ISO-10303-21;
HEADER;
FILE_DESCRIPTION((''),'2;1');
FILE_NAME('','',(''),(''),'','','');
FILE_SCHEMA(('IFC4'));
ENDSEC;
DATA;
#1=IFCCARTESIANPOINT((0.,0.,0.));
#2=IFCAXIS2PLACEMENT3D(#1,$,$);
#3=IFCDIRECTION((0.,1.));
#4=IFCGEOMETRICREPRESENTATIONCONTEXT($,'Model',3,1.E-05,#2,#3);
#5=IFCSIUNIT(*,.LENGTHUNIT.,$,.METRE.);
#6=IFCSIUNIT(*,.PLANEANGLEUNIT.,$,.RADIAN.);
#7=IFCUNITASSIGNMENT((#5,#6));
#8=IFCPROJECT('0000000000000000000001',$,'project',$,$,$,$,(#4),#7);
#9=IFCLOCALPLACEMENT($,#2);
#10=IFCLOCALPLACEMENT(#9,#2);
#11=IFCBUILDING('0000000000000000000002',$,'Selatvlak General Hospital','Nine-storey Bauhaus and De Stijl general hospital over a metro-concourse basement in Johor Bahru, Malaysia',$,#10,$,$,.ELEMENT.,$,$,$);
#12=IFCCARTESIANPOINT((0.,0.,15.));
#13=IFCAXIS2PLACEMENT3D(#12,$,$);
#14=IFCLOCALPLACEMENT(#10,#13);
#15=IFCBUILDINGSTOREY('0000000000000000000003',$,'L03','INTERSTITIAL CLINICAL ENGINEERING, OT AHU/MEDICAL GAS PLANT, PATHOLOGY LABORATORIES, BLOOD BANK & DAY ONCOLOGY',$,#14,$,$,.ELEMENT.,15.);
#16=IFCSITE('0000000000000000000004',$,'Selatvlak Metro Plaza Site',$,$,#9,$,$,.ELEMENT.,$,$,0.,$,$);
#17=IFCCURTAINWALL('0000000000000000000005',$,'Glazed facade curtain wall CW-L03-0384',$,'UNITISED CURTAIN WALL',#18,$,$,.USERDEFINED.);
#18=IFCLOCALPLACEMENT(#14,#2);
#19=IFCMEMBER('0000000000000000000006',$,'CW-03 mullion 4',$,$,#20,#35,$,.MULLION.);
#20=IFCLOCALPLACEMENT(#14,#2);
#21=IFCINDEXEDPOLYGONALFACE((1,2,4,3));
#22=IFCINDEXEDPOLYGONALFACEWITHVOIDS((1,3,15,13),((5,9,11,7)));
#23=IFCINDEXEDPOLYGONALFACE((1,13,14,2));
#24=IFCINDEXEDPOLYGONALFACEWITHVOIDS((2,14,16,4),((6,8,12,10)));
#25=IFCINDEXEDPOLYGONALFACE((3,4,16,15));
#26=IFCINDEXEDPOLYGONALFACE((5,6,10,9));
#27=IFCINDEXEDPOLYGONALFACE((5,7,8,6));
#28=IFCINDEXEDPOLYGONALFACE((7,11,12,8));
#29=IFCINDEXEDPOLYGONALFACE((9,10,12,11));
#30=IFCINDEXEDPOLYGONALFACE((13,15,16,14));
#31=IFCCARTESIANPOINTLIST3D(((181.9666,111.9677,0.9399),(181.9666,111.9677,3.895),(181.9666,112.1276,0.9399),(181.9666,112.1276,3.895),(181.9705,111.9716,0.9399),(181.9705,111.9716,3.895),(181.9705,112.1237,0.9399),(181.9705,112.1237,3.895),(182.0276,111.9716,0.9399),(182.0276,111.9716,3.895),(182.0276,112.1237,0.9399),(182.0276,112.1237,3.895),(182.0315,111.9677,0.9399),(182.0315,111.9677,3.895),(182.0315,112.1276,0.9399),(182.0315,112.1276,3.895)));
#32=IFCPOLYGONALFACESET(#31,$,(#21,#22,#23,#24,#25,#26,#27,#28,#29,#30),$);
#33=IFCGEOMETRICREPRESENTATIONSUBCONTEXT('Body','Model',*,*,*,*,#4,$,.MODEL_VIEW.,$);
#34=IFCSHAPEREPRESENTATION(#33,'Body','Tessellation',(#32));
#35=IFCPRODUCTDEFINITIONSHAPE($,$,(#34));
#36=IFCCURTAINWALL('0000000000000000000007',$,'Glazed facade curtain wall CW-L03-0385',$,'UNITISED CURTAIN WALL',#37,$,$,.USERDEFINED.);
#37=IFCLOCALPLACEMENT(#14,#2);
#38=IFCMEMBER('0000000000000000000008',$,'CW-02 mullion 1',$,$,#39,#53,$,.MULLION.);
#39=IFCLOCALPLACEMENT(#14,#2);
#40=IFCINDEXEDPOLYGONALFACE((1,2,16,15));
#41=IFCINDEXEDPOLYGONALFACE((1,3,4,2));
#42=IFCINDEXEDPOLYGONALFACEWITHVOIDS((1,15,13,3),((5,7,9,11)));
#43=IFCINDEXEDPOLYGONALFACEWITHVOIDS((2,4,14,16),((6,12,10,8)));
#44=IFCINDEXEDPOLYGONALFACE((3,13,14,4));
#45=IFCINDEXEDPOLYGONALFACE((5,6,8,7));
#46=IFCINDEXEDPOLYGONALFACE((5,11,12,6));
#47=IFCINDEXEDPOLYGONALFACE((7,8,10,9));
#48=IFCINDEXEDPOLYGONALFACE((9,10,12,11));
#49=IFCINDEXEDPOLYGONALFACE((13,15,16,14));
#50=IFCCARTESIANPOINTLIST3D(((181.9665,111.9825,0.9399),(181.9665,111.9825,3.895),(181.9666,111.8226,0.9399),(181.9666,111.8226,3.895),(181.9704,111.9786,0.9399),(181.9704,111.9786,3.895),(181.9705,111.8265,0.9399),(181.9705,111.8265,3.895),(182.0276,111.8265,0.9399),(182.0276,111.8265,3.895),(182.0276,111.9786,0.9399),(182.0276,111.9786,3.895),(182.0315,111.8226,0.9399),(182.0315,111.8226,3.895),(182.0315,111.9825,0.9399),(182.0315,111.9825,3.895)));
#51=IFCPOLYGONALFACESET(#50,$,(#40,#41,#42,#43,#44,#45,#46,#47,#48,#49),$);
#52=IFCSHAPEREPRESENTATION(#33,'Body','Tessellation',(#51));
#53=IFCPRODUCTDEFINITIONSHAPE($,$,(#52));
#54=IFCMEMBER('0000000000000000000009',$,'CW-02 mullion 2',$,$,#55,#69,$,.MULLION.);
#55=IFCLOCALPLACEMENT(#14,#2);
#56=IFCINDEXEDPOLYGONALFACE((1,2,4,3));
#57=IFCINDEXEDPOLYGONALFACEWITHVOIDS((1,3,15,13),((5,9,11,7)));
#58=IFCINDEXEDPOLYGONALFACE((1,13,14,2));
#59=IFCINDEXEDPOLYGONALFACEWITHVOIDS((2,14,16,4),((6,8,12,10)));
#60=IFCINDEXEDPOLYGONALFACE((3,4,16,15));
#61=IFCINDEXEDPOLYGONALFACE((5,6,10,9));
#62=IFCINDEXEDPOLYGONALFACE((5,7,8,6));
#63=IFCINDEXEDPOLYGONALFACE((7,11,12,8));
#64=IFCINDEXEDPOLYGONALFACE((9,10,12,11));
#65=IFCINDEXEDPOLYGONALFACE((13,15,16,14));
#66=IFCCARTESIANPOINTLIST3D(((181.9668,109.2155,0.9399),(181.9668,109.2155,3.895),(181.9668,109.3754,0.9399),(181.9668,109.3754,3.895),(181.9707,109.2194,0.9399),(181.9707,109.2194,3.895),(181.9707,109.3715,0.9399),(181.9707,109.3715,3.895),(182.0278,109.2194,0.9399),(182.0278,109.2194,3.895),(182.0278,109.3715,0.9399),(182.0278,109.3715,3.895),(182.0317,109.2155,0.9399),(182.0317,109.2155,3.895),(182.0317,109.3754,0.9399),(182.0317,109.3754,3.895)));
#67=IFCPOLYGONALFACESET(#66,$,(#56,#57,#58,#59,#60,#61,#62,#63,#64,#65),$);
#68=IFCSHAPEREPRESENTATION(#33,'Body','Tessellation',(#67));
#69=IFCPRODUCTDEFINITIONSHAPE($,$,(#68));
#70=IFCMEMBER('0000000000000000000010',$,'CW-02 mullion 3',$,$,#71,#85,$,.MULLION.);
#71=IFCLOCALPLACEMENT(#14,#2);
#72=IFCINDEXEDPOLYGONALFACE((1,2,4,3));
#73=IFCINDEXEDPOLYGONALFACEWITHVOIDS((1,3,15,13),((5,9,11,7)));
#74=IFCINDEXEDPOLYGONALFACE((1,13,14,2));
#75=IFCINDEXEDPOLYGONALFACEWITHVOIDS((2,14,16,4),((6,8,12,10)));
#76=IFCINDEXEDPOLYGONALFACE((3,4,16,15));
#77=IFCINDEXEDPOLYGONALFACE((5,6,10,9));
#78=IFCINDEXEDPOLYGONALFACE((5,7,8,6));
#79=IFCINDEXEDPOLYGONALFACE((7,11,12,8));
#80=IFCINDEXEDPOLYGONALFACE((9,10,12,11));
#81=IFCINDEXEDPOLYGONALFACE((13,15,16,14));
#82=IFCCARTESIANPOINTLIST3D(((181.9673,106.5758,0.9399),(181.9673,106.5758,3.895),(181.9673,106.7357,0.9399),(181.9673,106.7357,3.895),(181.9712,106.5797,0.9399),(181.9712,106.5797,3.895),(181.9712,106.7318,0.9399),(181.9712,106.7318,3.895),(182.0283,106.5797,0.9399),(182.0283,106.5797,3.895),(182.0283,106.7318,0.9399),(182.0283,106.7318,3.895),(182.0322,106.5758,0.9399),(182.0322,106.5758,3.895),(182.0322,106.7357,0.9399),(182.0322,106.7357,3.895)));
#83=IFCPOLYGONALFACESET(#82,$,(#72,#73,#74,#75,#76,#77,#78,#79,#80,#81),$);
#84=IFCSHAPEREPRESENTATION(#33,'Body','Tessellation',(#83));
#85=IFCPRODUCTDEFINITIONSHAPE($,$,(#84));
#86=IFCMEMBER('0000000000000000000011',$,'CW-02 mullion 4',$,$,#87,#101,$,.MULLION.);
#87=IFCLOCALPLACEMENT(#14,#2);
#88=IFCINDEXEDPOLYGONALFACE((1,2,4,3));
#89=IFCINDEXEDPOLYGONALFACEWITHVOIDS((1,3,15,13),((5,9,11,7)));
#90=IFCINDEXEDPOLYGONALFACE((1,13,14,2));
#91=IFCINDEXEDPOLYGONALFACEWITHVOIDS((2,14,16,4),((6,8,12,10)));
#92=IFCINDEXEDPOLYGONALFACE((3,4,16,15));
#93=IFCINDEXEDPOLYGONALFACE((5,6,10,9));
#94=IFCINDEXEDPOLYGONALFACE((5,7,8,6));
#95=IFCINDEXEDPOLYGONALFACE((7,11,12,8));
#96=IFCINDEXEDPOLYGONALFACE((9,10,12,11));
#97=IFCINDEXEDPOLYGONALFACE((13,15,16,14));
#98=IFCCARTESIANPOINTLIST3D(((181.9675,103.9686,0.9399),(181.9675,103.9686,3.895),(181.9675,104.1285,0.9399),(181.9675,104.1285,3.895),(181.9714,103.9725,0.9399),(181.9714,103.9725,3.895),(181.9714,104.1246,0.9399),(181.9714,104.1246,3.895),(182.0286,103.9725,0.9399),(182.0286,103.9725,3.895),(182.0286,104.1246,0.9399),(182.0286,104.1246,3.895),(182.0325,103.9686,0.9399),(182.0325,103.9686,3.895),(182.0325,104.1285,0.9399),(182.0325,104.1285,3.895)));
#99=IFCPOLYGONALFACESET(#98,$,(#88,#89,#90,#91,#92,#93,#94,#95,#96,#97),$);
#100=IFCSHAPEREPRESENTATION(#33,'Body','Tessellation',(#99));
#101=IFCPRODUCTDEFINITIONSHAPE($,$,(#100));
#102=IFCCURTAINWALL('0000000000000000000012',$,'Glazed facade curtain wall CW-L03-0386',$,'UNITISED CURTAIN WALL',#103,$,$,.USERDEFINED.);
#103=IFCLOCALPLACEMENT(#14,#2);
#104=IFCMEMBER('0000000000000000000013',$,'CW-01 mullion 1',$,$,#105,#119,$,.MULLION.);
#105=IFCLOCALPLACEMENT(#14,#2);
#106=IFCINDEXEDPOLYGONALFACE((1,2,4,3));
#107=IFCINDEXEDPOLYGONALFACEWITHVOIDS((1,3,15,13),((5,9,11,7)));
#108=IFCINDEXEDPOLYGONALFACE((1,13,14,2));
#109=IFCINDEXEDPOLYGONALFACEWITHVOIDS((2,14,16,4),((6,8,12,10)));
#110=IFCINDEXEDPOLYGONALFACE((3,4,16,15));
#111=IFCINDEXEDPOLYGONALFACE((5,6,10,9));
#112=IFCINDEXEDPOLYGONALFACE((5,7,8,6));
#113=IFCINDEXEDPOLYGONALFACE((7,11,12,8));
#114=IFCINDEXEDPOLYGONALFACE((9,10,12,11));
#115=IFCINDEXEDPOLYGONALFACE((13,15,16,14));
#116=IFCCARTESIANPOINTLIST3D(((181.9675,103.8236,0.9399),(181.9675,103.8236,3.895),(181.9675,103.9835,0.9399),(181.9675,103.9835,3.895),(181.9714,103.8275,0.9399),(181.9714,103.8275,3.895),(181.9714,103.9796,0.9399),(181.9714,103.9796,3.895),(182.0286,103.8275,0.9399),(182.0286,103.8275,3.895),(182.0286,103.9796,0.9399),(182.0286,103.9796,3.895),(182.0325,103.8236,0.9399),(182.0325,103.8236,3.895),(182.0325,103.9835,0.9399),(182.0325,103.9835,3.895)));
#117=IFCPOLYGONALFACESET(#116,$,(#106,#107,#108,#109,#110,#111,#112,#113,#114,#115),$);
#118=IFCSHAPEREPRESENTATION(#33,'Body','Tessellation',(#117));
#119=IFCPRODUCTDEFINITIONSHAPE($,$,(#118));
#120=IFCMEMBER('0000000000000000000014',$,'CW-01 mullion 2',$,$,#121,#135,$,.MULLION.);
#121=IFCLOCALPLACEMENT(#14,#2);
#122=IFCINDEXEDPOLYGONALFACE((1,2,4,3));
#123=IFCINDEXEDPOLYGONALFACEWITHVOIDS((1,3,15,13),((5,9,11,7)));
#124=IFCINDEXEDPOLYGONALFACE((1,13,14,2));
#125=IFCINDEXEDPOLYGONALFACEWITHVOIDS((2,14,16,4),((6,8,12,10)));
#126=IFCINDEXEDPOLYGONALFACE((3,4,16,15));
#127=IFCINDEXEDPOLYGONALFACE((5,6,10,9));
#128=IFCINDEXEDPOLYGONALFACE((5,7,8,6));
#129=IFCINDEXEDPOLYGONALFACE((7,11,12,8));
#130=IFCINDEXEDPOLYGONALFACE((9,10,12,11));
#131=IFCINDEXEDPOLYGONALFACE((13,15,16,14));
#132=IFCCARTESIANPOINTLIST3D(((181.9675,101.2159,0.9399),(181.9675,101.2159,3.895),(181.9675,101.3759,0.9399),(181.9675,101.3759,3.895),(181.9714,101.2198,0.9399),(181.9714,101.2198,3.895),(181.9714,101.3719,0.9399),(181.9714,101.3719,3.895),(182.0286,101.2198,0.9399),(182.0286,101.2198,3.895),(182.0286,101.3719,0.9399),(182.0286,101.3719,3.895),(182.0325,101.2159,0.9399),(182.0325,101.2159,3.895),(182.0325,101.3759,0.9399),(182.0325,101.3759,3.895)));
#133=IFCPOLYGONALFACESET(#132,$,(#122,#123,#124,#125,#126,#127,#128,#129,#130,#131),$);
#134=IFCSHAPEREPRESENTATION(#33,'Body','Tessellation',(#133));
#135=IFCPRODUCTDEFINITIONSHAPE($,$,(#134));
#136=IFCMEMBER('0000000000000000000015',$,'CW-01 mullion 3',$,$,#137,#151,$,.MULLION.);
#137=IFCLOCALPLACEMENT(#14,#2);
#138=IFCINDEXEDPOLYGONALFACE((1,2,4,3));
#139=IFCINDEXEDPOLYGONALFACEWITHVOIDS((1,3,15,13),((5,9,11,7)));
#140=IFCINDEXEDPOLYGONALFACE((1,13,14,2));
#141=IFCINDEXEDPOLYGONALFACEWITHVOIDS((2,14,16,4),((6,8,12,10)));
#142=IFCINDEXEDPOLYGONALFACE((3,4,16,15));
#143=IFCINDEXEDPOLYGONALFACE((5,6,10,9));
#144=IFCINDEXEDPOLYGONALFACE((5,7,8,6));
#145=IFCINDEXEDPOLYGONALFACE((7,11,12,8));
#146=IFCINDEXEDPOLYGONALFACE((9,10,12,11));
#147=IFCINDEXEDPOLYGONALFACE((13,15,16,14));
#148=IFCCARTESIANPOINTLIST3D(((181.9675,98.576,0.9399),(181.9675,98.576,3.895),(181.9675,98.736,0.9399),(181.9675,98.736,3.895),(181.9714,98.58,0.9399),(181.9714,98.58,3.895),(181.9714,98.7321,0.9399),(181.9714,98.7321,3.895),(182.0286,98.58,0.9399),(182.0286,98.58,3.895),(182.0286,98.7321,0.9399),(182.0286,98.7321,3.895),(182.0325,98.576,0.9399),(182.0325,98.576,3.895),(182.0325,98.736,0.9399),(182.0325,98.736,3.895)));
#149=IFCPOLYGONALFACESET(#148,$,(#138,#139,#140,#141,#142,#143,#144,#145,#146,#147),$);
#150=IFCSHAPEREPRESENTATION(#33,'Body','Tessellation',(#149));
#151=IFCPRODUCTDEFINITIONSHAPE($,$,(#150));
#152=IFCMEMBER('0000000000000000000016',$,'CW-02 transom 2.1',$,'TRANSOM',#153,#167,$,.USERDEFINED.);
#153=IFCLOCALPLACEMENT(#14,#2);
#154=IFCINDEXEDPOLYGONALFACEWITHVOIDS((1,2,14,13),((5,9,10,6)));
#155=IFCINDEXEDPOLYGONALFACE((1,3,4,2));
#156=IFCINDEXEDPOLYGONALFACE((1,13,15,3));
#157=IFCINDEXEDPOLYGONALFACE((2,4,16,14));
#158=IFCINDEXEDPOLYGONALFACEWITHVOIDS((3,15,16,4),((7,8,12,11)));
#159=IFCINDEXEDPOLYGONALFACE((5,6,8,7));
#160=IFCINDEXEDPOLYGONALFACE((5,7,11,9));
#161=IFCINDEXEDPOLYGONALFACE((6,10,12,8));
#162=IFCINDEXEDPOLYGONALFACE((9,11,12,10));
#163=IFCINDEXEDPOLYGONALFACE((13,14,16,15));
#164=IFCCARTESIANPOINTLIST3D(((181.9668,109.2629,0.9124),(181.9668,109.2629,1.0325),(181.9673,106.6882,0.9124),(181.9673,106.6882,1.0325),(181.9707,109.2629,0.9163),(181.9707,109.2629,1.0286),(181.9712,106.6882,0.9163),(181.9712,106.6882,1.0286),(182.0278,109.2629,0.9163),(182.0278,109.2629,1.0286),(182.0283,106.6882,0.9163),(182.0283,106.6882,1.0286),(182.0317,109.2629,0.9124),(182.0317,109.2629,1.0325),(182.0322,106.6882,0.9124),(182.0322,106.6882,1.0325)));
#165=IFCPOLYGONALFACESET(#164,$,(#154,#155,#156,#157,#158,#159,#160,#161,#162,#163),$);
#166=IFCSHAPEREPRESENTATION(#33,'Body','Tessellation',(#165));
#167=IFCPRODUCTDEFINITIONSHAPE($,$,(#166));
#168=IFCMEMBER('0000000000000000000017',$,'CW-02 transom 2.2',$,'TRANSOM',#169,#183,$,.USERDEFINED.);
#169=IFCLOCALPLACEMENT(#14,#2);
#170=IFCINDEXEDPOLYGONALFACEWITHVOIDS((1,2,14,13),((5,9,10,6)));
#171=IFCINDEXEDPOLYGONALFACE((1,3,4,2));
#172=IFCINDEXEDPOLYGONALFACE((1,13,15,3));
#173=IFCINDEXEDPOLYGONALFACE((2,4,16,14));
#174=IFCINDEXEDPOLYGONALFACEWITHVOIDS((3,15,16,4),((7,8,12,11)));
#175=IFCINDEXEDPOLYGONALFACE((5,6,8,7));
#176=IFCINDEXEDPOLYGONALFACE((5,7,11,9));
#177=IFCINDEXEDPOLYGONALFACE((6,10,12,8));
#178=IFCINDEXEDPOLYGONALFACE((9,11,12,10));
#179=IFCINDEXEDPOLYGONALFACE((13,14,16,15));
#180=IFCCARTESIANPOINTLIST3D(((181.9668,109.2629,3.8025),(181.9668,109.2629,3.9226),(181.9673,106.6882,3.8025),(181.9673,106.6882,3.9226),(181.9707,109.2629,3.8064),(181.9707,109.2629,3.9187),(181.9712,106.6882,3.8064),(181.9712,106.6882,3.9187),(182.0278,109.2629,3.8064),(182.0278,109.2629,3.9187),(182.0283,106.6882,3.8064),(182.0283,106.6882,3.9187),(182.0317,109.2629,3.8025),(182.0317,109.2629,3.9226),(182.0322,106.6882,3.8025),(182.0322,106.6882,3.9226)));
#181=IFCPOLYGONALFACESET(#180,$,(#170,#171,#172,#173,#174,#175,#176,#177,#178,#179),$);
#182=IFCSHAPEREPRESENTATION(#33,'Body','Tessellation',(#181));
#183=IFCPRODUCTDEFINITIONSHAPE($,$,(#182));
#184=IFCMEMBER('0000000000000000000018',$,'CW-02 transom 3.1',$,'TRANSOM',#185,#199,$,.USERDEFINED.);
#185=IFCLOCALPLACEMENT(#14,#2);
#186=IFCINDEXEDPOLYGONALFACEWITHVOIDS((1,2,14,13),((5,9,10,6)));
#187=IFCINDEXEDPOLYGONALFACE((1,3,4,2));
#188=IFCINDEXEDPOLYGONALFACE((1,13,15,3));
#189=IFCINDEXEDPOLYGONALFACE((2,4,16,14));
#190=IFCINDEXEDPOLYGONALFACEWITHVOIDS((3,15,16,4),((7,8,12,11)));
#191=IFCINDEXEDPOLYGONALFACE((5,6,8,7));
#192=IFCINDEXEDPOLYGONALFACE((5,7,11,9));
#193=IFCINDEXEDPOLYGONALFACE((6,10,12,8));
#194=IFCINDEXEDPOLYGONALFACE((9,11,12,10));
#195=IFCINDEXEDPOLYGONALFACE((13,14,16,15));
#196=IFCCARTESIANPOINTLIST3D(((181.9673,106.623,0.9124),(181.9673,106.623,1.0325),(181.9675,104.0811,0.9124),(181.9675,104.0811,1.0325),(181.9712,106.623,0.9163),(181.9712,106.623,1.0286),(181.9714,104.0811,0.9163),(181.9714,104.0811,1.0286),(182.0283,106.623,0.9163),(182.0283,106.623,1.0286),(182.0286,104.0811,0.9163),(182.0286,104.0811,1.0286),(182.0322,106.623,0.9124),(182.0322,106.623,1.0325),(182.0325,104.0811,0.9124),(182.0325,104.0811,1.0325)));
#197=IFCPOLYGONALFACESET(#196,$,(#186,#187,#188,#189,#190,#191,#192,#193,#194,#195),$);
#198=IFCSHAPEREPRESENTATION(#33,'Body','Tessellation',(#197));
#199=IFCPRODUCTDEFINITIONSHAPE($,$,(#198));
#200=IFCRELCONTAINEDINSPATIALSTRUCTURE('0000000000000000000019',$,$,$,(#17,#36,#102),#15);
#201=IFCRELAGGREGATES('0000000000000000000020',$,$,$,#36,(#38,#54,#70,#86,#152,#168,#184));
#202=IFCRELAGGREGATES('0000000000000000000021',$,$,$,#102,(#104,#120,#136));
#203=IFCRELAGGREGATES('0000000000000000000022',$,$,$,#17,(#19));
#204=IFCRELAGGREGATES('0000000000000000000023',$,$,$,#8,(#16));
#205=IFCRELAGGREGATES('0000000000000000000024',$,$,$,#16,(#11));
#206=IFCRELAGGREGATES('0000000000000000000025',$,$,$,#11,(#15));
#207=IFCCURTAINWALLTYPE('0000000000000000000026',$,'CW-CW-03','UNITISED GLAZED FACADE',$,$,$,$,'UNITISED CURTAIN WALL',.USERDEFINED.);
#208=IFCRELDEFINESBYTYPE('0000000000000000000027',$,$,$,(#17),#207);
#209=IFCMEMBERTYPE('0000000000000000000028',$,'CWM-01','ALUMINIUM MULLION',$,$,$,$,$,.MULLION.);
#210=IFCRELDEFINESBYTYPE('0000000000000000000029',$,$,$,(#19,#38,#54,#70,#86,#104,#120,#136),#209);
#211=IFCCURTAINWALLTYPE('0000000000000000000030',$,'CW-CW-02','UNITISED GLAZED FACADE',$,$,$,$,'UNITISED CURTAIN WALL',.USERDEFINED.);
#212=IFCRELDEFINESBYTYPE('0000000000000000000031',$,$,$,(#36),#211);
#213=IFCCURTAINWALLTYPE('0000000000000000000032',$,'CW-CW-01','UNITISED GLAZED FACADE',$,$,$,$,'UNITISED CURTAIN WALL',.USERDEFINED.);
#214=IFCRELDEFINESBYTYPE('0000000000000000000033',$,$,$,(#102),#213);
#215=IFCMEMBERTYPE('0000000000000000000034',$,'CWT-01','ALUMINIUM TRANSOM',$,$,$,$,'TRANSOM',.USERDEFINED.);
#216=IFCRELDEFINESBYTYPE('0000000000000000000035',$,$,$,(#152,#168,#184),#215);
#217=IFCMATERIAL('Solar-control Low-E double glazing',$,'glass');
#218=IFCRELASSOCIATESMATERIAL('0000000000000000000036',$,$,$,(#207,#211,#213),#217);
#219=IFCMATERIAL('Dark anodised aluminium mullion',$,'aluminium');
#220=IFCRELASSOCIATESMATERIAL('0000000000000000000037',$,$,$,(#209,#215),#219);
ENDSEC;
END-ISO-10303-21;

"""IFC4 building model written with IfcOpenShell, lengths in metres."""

from ifc_helpers import new_model, si_unit, direction, frame, origin, origin_2d, place, context, subcontext, project, spatial, hollow_rectangle, extrude, material, material_profile, profile_set, type_object, element, aggregate, save


model = new_model("IFC4")

# Units and contexts
model_context = context("Model", 3, precision=1e-05, world=origin(), true_north=direction((0.0, 1.0)))
body_context = subcontext(model_context, "Body", "Model", "MODEL_VIEW")
ifc_project = project(units=[si_unit("LENGTHUNIT", "METRE"), si_unit("PLANEANGLEUNIT", "RADIAN")], contexts=[model_context])

# Site, building, storey
site_placement = place(None, origin())
site = spatial("IfcSite", under=ifc_project, at=site_placement, Name="Selatvlak Metro Plaza Site", CompositionType="ELEMENT", RefElevation=0.0)
building_placement = place(site_placement, origin())
building = spatial("IfcBuilding", under=site, at=building_placement, Name="Selatvlak General Hospital", Description="Nine-storey Bauhaus and De Stijl general hospital over a metro-concourse basement in Johor Bahru, Malaysia", CompositionType="ELEMENT")
storey_placement = place(building_placement, frame((0.0, 0.0, 15.0)))
storey = spatial("IfcBuildingStorey", under=building, at=storey_placement, Name="L03", Description="INTERSTITIAL CLINICAL ENGINEERING, OT AHU/MEDICAL GAS PLANT, PATHOLOGY LABORATORIES, BLOOD BANK & DAY ONCOLOGY", CompositionType="ELEMENT", Elevation=15.0)

# Curtain wall, member
ifc_material_1 = material(Name="Solar-control Low-E double glazing", Category="glass")
curtain_wall_type_1 = type_object("IfcCurtainWallType", Name="CW-CW-03", Description="UNITISED GLAZED FACADE", ElementType="UNITISED CURTAIN WALL", PredefinedType="USERDEFINED", material=ifc_material_1)
curtain_wall_1_placement = place(storey_placement, origin())
curtain_wall_1 = element("IfcCurtainWall", 1, at=curtain_wall_1_placement, inside=storey, type_object=curtain_wall_type_1, Name="Glazed facade curtain wall CW-L03-0384", ObjectType="UNITISED CURTAIN WALL", PredefinedType="USERDEFINED")
ifc_material_2 = material(Name="Dark anodised aluminium mullion", Category="aluminium")
ifc_material_profile_1 = material_profile(ifc_material_2, hollow_rectangle(XDim=0.0649, YDim=0.1599, WallThickness=0.0039, at=origin_2d()), Name="AL-MUL 65x160x4")
ifc_profile_set_1 = profile_set([ifc_material_profile_1], Name="Dark anodised aluminium mullion")
member_type_1 = type_object("IfcMemberType", Name="CWM-01", Description="ALUMINIUM MULLION", PredefinedType="MULLION", material=ifc_profile_set_1)
member_1_placement = place(storey_placement, frame((181.999, 112.0476, 0.9399), z_axis=(0.0, 0.0, 1.0), x_axis=(1.0, 0.0, 0.0)))
member_1 = element("IfcMember", 2, at=member_1_placement, type_object=member_type_1, Name="CW-03 mullion 4", PredefinedType="MULLION", context=body_context, shape_type="SweptSolid", body=[
    extrude(hollow_rectangle(XDim=0.0649, YDim=0.1599, WallThickness=0.0039, at=origin_2d()), origin(), (0.0, 0.0, 1.0), 2.9551),
])

# Curtain walls, members
curtain_wall_type_2 = type_object("IfcCurtainWallType", Name="CW-CW-02", Description="UNITISED GLAZED FACADE", ElementType="UNITISED CURTAIN WALL", PredefinedType="USERDEFINED", material=ifc_material_1)
curtain_wall_2_placement = place(storey_placement, origin())
curtain_wall_2 = element("IfcCurtainWall", 3, at=curtain_wall_2_placement, inside=storey, type_object=curtain_wall_type_2, Name="Glazed facade curtain wall CW-L03-0385", ObjectType="UNITISED CURTAIN WALL", PredefinedType="USERDEFINED")
member_2_placement = place(storey_placement, frame((181.999, 111.9026, 0.9399), z_axis=(0.0, 0.0, 1.0), x_axis=(1.0, 0.000126, 0.0)))
member_2 = element("IfcMember", 4, at=member_2_placement, type_object=member_type_1, Name="CW-02 mullion 1", PredefinedType="MULLION", context=body_context, shape_type="SweptSolid", body=[
    extrude(hollow_rectangle(XDim=0.0649, YDim=0.1599, WallThickness=0.0039, at=origin_2d()), origin(), (0.0, 0.0, 1.0), 2.9551),
])
member_3_placement = place(storey_placement, frame((181.9993, 109.2954, 0.9399), z_axis=(0.0, 0.0, 1.0), x_axis=(1.0, 0.000126, 0.0)))
member_3 = element("IfcMember", 5, at=member_3_placement, type_object=member_type_1, Name="CW-02 mullion 2", PredefinedType="MULLION", context=body_context, shape_type="SweptSolid", body=[
    extrude(hollow_rectangle(XDim=0.0649, YDim=0.1599, WallThickness=0.0039, at=origin_2d()), origin(), (0.0, 0.0, 1.0), 2.9551),
])
member_4_placement = place(storey_placement, frame((181.9998, 106.6558, 0.9399), z_axis=(0.0, 0.0, 1.0), x_axis=(1.0, 0.000126, 0.0)))
member_4 = element("IfcMember", 6, at=member_4_placement, type_object=member_type_1, Name="CW-02 mullion 3", PredefinedType="MULLION", context=body_context, shape_type="SweptSolid", body=[
    extrude(hollow_rectangle(XDim=0.0649, YDim=0.1599, WallThickness=0.0039, at=origin_2d()), origin(), (0.0, 0.0, 1.0), 2.9551),
])
member_5_placement = place(storey_placement, frame((182.0, 104.0486, 0.9399), z_axis=(0.0, 0.0, 1.0), x_axis=(1.0, 0.000126, 0.0)))
member_5 = element("IfcMember", 7, at=member_5_placement, type_object=member_type_1, Name="CW-02 mullion 4", PredefinedType="MULLION", context=body_context, shape_type="SweptSolid", body=[
    extrude(hollow_rectangle(XDim=0.0649, YDim=0.1599, WallThickness=0.0039, at=origin_2d()), origin(), (0.0, 0.0, 1.0), 2.9551),
])
curtain_wall_type_3 = type_object("IfcCurtainWallType", Name="CW-CW-01", Description="UNITISED GLAZED FACADE", ElementType="UNITISED CURTAIN WALL", PredefinedType="USERDEFINED", material=ifc_material_1)
curtain_wall_3_placement = place(storey_placement, origin())
curtain_wall_3 = element("IfcCurtainWall", 8, at=curtain_wall_3_placement, inside=storey, type_object=curtain_wall_type_3, Name="Glazed facade curtain wall CW-L03-0386", ObjectType="UNITISED CURTAIN WALL", PredefinedType="USERDEFINED")
member_6_placement = place(storey_placement, frame((182.0, 103.9036, 0.9399), z_axis=(0.0, 0.0, 1.0), x_axis=(1.0, 0.0, 0.0)))
member_6 = element("IfcMember", 9, at=member_6_placement, type_object=member_type_1, Name="CW-01 mullion 1", PredefinedType="MULLION", context=body_context, shape_type="SweptSolid", body=[
    extrude(hollow_rectangle(XDim=0.0649, YDim=0.1599, WallThickness=0.0039, at=origin_2d()), origin(), (0.0, 0.0, 1.0), 2.9551),
])
member_7_placement = place(storey_placement, frame((182.0, 101.2959, 0.9399), z_axis=(0.0, 0.0, 1.0), x_axis=(1.0, 0.0, 0.0)))
member_7 = element("IfcMember", 10, at=member_7_placement, type_object=member_type_1, Name="CW-01 mullion 2", PredefinedType="MULLION", context=body_context, shape_type="SweptSolid", body=[
    extrude(hollow_rectangle(XDim=0.0649, YDim=0.1599, WallThickness=0.0039, at=origin_2d()), origin(), (0.0, 0.0, 1.0), 2.9551),
])
member_8_placement = place(storey_placement, frame((182.0, 98.656, 0.9399), z_axis=(0.0, 0.0, 1.0), x_axis=(1.0, 0.0, 0.0)))
member_8 = element("IfcMember", 11, at=member_8_placement, type_object=member_type_1, Name="CW-01 mullion 3", PredefinedType="MULLION", context=body_context, shape_type="SweptSolid", body=[
    extrude(hollow_rectangle(XDim=0.0649, YDim=0.1599, WallThickness=0.0039, at=origin_2d()), origin(), (0.0, 0.0, 1.0), 2.9551),
])

# Members
ifc_material_profile_2 = material_profile(ifc_material_2, hollow_rectangle(XDim=0.0649, YDim=0.1201, WallThickness=0.0039, at=origin_2d()), Name="AL-TRN 65x120x4")
ifc_profile_set_2 = profile_set([ifc_material_profile_2], Name="Dark anodised aluminium mullion")
member_type_2 = type_object("IfcMemberType", Name="CWT-01", Description="ALUMINIUM TRANSOM", ElementType="TRANSOM", PredefinedType="USERDEFINED", material=ifc_profile_set_2)
member_9_placement = place(storey_placement, frame((181.9993, 109.2629, 0.9724), z_axis=(0.00019, -1.0, 0.0), x_axis=(1.0, 0.00019, 0.0)))
member_9 = element("IfcMember", 12, at=member_9_placement, type_object=member_type_2, Name="CW-02 transom 2.1", ObjectType="TRANSOM", PredefinedType="USERDEFINED", context=body_context, shape_type="SweptSolid", body=[
    extrude(hollow_rectangle(XDim=0.0649, YDim=0.1201, WallThickness=0.0039, at=origin_2d()), origin(), (0.0, 0.0, 1.0), 2.5747),
])
member_10_placement = place(storey_placement, frame((181.9993, 109.2629, 3.8625), z_axis=(0.00019, -1.0, 0.0), x_axis=(1.0, 0.00019, 0.0)))
member_10 = element("IfcMember", 13, at=member_10_placement, type_object=member_type_2, Name="CW-02 transom 2.2", ObjectType="TRANSOM", PredefinedType="USERDEFINED", context=body_context, shape_type="SweptSolid", body=[
    extrude(hollow_rectangle(XDim=0.0649, YDim=0.1201, WallThickness=0.0039, at=origin_2d()), origin(), (0.0, 0.0, 1.0), 2.5747),
])
member_11_placement = place(storey_placement, frame((181.9998, 106.623, 0.9724), z_axis=(0.000096, -1.0, 0.0), x_axis=(1.0, 0.000096, 0.0)))
member_11 = element("IfcMember", 14, at=member_11_placement, type_object=member_type_2, Name="CW-02 transom 3.1", ObjectType="TRANSOM", PredefinedType="USERDEFINED", context=body_context, shape_type="SweptSolid", body=[
    extrude(hollow_rectangle(XDim=0.0649, YDim=0.1201, WallThickness=0.0039, at=origin_2d()), origin(), (0.0, 0.0, 1.0), 2.542),
])

aggregate(curtain_wall_2, [member_2, member_3, member_4, member_5, member_9, member_10, member_11])
aggregate(curtain_wall_3, [member_6, member_7, member_8])
aggregate(curtain_wall_1, [member_1])

save(model, "model.ifc")
